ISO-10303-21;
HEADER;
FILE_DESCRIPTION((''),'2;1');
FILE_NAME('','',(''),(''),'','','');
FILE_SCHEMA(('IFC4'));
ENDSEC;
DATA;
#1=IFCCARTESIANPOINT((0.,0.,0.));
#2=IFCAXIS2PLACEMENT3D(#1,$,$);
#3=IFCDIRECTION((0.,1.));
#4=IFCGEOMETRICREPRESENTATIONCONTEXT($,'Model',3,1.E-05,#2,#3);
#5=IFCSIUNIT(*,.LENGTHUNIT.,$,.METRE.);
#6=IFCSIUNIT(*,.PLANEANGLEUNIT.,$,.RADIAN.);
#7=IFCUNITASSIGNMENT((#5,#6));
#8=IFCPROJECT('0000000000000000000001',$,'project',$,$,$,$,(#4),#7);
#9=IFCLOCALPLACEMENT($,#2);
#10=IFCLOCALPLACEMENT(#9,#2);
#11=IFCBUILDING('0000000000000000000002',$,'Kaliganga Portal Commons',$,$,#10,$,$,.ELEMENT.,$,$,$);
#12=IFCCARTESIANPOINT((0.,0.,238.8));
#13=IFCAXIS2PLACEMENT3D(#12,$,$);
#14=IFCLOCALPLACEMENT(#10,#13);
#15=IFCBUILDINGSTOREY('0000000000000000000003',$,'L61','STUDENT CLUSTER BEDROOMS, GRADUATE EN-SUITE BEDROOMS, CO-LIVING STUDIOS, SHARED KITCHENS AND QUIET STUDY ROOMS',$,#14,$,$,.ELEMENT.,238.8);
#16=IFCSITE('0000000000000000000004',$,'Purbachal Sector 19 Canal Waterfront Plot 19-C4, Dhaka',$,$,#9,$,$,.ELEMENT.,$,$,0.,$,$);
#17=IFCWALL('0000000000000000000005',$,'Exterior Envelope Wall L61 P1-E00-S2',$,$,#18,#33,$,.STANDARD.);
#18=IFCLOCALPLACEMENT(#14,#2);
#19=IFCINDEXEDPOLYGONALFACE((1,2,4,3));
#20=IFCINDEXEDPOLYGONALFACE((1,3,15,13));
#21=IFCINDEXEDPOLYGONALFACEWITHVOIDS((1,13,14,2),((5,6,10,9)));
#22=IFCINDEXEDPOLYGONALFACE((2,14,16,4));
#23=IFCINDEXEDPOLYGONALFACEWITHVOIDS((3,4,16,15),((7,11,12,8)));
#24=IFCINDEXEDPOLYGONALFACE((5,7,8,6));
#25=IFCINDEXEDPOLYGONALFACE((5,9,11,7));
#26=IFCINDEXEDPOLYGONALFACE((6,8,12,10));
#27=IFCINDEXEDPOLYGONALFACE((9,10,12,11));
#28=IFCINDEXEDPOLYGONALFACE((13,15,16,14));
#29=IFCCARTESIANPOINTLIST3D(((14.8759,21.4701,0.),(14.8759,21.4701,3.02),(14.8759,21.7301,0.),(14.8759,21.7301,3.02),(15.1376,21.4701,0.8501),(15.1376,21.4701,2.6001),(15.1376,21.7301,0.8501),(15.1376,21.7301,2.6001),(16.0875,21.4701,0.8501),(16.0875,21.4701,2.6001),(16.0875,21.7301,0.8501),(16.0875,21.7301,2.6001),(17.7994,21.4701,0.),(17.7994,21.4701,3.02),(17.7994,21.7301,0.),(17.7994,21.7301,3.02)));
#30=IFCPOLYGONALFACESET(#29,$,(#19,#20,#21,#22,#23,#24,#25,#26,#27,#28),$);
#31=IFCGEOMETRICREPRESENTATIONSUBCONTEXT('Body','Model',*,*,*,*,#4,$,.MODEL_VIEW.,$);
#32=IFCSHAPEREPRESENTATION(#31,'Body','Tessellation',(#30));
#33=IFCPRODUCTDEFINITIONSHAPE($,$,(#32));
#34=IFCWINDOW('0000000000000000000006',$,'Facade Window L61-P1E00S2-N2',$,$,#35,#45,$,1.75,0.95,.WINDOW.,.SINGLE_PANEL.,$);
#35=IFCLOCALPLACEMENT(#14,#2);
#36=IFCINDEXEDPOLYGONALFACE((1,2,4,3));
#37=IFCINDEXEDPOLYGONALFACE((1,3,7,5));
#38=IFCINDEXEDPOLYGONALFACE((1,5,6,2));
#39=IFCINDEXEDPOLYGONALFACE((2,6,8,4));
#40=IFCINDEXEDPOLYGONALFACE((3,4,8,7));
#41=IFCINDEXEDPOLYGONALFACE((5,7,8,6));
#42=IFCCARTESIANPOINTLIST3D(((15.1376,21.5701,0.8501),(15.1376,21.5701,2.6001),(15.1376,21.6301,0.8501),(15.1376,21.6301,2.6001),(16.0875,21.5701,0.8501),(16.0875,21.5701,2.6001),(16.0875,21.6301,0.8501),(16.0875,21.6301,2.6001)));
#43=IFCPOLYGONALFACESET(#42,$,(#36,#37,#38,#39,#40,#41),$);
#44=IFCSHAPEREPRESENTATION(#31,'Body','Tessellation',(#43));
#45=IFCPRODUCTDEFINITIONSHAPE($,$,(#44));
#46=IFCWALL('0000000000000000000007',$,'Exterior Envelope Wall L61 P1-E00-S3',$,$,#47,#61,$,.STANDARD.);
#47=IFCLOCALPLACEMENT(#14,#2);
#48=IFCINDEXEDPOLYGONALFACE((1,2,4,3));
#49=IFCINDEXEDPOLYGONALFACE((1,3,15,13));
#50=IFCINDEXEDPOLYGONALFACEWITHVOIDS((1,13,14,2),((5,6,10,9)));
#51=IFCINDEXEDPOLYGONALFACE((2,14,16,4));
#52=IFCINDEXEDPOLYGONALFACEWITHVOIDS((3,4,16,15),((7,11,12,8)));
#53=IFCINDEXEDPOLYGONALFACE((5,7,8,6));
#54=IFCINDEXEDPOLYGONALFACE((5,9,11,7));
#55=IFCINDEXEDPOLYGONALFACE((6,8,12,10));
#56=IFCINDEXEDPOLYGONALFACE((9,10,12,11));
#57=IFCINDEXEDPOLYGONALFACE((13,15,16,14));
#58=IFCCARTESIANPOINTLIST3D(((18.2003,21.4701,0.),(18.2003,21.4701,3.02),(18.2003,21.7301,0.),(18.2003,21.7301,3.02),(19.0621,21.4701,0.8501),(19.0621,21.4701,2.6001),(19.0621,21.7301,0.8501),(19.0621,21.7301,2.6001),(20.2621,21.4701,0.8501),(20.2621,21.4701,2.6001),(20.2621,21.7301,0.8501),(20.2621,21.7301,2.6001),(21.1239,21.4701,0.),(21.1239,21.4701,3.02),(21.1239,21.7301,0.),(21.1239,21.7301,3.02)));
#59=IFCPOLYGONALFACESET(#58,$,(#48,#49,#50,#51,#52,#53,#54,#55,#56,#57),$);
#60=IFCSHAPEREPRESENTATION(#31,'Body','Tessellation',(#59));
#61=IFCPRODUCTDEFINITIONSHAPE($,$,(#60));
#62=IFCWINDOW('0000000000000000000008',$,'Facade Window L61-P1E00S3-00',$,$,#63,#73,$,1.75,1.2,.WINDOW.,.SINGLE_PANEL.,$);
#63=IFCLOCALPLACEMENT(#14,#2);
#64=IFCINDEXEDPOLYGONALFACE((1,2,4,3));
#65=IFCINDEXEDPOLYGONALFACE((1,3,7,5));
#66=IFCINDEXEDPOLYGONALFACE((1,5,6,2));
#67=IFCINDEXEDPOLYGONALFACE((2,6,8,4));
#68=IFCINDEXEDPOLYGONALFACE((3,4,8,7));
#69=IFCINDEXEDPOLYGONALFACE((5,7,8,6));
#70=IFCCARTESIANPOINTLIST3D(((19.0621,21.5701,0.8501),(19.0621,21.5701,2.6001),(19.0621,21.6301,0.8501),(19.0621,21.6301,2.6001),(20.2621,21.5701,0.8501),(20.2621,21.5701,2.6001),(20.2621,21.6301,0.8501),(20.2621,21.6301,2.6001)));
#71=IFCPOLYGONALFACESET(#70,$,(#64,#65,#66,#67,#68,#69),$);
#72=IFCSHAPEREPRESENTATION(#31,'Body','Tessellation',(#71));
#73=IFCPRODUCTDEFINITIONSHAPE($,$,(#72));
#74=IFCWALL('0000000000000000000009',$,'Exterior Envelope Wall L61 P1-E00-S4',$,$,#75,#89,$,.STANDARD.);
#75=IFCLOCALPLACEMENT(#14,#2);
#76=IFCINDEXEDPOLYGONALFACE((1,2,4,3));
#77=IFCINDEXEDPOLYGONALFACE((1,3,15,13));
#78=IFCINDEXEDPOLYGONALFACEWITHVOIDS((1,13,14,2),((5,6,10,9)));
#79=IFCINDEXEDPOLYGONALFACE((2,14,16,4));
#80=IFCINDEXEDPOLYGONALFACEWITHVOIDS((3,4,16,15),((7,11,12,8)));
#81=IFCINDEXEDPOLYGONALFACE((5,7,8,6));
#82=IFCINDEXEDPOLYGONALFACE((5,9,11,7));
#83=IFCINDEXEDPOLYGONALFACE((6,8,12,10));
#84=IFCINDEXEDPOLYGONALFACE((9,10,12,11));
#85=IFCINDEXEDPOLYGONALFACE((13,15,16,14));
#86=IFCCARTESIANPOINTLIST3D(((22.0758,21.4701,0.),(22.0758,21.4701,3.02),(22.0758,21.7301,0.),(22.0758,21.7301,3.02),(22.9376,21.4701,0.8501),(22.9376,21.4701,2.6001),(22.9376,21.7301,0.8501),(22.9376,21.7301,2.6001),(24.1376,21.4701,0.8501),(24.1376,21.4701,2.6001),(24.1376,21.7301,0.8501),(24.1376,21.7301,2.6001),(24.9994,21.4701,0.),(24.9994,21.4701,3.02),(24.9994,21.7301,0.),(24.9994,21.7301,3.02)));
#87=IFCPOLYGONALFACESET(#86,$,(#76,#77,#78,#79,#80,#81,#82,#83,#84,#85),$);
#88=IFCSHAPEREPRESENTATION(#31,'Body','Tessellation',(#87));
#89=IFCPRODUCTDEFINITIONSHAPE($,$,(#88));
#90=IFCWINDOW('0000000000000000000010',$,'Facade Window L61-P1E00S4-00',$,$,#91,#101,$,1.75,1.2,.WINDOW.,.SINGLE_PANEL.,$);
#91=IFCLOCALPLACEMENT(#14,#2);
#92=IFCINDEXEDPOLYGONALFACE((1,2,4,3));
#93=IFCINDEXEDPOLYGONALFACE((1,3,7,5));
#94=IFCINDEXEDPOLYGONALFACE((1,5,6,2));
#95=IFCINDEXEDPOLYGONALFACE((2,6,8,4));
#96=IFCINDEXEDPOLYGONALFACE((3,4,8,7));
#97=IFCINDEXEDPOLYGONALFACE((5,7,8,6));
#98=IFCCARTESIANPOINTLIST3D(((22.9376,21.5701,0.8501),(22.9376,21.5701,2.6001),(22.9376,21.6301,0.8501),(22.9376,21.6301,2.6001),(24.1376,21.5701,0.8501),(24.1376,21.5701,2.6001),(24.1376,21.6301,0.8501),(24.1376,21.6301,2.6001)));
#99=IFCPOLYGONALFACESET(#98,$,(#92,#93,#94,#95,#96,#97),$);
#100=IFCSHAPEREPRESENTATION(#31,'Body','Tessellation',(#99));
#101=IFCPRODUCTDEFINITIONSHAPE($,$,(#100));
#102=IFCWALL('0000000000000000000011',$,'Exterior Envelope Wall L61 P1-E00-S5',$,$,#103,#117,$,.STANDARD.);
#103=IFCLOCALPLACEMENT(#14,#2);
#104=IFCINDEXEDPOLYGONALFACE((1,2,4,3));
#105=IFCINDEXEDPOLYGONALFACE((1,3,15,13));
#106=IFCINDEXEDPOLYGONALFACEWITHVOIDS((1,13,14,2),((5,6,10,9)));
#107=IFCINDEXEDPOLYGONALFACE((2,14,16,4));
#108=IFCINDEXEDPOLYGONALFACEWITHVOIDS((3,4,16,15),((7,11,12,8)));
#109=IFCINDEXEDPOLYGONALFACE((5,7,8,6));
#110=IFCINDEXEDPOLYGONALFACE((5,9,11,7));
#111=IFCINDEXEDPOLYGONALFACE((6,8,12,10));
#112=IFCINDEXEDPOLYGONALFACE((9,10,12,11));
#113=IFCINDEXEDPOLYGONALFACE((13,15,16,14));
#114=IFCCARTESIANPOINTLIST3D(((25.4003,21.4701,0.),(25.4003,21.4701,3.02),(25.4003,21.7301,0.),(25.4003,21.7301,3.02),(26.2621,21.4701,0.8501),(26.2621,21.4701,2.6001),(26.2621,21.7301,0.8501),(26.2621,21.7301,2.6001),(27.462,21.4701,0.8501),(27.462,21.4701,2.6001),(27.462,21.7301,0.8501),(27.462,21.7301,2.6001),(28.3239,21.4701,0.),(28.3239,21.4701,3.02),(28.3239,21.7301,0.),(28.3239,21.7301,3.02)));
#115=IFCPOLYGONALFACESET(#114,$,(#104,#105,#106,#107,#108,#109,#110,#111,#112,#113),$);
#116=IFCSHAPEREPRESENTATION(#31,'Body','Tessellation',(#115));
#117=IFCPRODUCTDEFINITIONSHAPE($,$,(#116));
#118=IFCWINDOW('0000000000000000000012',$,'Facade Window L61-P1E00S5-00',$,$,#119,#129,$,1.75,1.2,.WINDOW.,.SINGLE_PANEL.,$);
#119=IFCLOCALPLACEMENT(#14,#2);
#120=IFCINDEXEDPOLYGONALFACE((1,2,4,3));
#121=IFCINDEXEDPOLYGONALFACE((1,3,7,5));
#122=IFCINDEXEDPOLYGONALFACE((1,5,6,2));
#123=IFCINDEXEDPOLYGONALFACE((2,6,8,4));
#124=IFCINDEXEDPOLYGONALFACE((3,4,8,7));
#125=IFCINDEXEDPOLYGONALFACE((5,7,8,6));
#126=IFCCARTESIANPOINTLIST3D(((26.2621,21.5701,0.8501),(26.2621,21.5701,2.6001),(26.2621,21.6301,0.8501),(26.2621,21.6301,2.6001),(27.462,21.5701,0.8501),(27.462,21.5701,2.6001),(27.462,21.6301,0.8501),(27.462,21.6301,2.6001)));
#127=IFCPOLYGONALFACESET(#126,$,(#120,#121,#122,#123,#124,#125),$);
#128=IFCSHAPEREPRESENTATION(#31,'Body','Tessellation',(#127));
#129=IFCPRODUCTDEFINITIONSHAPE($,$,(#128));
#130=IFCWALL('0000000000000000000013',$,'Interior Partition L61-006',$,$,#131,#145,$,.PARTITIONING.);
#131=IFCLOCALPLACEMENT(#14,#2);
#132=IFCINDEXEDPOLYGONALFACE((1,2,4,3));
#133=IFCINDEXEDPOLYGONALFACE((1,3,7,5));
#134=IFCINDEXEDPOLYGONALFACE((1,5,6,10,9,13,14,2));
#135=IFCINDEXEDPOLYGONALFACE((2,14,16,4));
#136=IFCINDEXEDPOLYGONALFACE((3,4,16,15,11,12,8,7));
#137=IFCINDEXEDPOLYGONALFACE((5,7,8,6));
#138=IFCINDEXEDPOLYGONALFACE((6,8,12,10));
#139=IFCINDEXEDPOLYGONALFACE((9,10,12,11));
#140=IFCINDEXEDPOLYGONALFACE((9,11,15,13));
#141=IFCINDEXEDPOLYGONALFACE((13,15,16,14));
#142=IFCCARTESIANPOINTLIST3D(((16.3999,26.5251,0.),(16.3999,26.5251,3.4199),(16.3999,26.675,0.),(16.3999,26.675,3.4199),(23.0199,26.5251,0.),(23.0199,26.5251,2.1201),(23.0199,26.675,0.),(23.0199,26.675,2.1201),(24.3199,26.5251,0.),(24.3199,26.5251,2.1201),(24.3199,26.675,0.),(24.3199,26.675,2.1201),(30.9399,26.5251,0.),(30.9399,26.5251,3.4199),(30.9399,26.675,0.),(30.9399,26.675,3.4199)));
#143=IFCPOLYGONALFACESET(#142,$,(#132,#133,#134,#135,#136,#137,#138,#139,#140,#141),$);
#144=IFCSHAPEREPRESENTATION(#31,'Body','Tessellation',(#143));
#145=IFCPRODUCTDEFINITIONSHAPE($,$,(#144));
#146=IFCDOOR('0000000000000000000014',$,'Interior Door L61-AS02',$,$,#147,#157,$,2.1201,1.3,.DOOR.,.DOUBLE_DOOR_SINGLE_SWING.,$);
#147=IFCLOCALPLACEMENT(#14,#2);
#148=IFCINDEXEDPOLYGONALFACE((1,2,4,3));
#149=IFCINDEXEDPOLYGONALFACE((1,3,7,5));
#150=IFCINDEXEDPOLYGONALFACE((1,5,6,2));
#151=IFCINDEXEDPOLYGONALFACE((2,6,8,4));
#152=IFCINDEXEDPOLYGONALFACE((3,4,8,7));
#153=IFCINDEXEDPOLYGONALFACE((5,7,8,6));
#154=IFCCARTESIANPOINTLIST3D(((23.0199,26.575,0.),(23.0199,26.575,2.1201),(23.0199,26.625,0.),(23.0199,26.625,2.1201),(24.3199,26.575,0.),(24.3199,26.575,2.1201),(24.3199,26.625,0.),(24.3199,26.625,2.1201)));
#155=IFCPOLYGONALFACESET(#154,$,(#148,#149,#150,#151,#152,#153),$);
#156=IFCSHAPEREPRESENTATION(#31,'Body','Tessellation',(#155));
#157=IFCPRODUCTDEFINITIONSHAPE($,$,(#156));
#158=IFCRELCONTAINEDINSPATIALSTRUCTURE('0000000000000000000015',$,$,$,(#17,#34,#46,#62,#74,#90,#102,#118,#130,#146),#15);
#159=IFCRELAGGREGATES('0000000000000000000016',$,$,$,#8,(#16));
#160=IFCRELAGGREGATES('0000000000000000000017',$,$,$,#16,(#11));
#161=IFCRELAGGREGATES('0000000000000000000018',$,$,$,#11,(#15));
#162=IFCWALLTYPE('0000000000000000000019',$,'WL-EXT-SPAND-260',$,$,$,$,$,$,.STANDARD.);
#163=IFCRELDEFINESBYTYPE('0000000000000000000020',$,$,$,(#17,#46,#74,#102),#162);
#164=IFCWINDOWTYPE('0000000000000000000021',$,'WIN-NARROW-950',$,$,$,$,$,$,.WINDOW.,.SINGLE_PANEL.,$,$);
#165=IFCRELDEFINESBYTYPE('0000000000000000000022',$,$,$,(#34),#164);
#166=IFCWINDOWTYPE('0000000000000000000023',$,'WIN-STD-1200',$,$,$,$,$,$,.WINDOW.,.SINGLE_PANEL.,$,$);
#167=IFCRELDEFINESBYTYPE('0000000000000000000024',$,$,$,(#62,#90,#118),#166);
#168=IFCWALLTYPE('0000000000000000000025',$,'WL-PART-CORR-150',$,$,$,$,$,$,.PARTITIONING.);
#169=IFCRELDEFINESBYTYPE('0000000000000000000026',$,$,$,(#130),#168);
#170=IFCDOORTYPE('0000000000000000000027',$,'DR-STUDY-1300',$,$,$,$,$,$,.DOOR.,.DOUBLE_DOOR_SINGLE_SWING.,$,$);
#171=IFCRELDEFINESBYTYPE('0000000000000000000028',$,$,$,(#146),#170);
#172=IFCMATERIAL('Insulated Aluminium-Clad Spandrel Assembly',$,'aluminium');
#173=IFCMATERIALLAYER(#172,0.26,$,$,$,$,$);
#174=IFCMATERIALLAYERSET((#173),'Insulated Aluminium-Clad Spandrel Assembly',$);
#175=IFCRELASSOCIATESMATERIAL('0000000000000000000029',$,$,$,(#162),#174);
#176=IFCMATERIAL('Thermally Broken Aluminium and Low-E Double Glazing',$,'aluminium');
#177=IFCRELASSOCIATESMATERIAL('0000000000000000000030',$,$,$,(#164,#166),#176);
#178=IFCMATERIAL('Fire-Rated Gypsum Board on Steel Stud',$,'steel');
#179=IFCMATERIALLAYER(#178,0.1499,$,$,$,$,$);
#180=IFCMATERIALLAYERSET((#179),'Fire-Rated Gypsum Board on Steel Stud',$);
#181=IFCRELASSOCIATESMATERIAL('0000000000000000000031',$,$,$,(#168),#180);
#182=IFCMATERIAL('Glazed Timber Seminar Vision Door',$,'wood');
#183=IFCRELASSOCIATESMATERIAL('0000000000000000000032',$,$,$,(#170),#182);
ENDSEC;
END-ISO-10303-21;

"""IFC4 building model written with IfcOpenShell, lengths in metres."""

from ifc_helpers import new_model, si_unit, direction, frame, frame_2d, origin, place, context, subcontext, project, spatial, rectangle, extrude, material, layer, layer_set, type_object, element, fill, save


model = new_model("IFC4")

# Units and contexts
model_context = context("Model", 3, precision=1e-05, world=origin(), true_north=direction((0.0, 1.0)))
body_context = subcontext(model_context, "Body", "Model", "MODEL_VIEW")
ifc_project = project(units=[si_unit("LENGTHUNIT", "METRE"), si_unit("PLANEANGLEUNIT", "RADIAN")], contexts=[model_context])

# Site, building, storey
site_placement = place(None, origin())
site = spatial("IfcSite", under=ifc_project, at=site_placement, Name="Purbachal Sector 19 Canal Waterfront Plot 19-C4, Dhaka", CompositionType="ELEMENT", RefElevation=0.0)
building_placement = place(site_placement, origin())
building = spatial("IfcBuilding", under=site, at=building_placement, Name="Kaliganga Portal Commons", CompositionType="ELEMENT")
storey_placement = place(building_placement, frame((0.0, 0.0, 238.8)))
storey = spatial("IfcBuildingStorey", under=building, at=storey_placement, Name="L61", Description="STUDENT CLUSTER BEDROOMS, GRADUATE EN-SUITE BEDROOMS, CO-LIVING STUDIOS, SHARED KITCHENS AND QUIET STUDY ROOMS", CompositionType="ELEMENT", Elevation=238.8)

# Walls, openings, windows
ifc_material_1 = material(Name="Insulated Aluminium-Clad Spandrel Assembly", Category="aluminium")
ifc_layer_1 = layer(ifc_material_1, 0.26)
ifc_layer_set_1 = layer_set([ifc_layer_1], Name="Insulated Aluminium-Clad Spandrel Assembly")
wall_type_1 = type_object("IfcWallType", Name="WL-EXT-SPAND-260", PredefinedType="STANDARD", material=ifc_layer_set_1)
wall_1_placement = place(storey_placement, frame((17.7996, 21.6001, 0.0), z_axis=(0.0, 0.0, 1.0), x_axis=(-1.0, 0.0, 0.0)))
wall_1 = element("IfcWall", 1, at=wall_1_placement, inside=storey, type_object=wall_type_1, Name="Exterior Envelope Wall L61 P1-E00-S2", PredefinedType="STANDARD", context=body_context, shape_type="SweptSolid", body=[
    extrude(rectangle(XDim=2.9236, YDim=0.26, at=frame_2d((1.4619, 0.0))), origin(), (0.0, 0.0, 1.0), 3.02),
])
opening_1_placement = place(wall_1_placement, frame((1.7119, 0.0, 0.8501)))
opening_1 = element("IfcOpeningElement", 2, at=opening_1_placement, cuts=wall_1, PredefinedType="OPENING", context=body_context, shape_type="SweptSolid", body=[
    extrude(rectangle(XDim=0.95, YDim=1.75, at=frame_2d((0.4751, 0.875))), frame((0.0, 0.1401, 0.0), z_axis=(0.0, -1.0, 0.0), x_axis=(1.0, 0.0, 0.0)), (0.0, 0.0, 1.0), 0.28),
])
ifc_material_2 = material(Name="Thermally Broken Aluminium and Low-E Double Glazing", Category="aluminium")
window_type_1 = type_object("IfcWindowType", Name="WIN-NARROW-950", PartitioningType="SINGLE_PANEL", PredefinedType="WINDOW", material=ifc_material_2)
window_1_placement = place(opening_1_placement, origin())
window_1 = element("IfcWindow", 3, at=window_1_placement, inside=storey, type_object=window_type_1, Name="Facade Window L61-P1E00S2-N2", OverallHeight=1.75, OverallWidth=0.95, PartitioningType="SINGLE_PANEL", PredefinedType="WINDOW", context=body_context, shape_type="SweptSolid", body=[
    extrude(rectangle(XDim=0.95, YDim=1.75, at=frame_2d((0.4751, 0.875))), frame((0.0, 0.03, 0.0), z_axis=(0.0, -1.0, 0.0), x_axis=(1.0, 0.0, 0.0)), (0.0, 0.0, 1.0), 0.0601),
])
fill(opening_1, window_1)
wall_2_placement = place(storey_placement, frame((21.124, 21.6001, 0.0), z_axis=(0.0, 0.0, 1.0), x_axis=(-1.0, 0.0, 0.0)))
wall_2 = element("IfcWall", 4, at=wall_2_placement, inside=storey, type_object=wall_type_1, Name="Exterior Envelope Wall L61 P1-E00-S3", PredefinedType="STANDARD", context=body_context, shape_type="SweptSolid", body=[
    extrude(rectangle(XDim=2.9236, YDim=0.26, at=frame_2d((1.4619, 0.0))), origin(), (0.0, 0.0, 1.0), 3.02),
])
opening_2_placement = place(wall_2_placement, frame((0.8618, 0.0, 0.8501)))
opening_2 = element("IfcOpeningElement", 5, at=opening_2_placement, cuts=wall_2, PredefinedType="OPENING", context=body_context, shape_type="SweptSolid", body=[
    extrude(rectangle(XDim=1.2, YDim=1.75, at=frame_2d((0.6001, 0.875))), frame((0.0, 0.1401, 0.0), z_axis=(0.0, -1.0, 0.0), x_axis=(1.0, 0.0, 0.0)), (0.0, 0.0, 1.0), 0.28),
])
window_type_2 = type_object("IfcWindowType", Name="WIN-STD-1200", PartitioningType="SINGLE_PANEL", PredefinedType="WINDOW", material=ifc_material_2)
window_2_placement = place(opening_2_placement, origin())
window_2 = element("IfcWindow", 6, at=window_2_placement, inside=storey, type_object=window_type_2, Name="Facade Window L61-P1E00S3-00", OverallHeight=1.75, OverallWidth=1.2, PartitioningType="SINGLE_PANEL", PredefinedType="WINDOW", context=body_context, shape_type="SweptSolid", body=[
    extrude(rectangle(XDim=1.2, YDim=1.75, at=frame_2d((0.6001, 0.875))), frame((0.0, 0.03, 0.0), z_axis=(0.0, -1.0, 0.0), x_axis=(1.0, 0.0, 0.0)), (0.0, 0.0, 1.0), 0.0601),
])
fill(opening_2, window_2)
wall_3_placement = place(storey_placement, frame((24.9995, 21.6001, 0.0), z_axis=(0.0, 0.0, 1.0), x_axis=(-1.0, 0.0, 0.0)))
wall_3 = element("IfcWall", 7, at=wall_3_placement, inside=storey, type_object=wall_type_1, Name="Exterior Envelope Wall L61 P1-E00-S4", PredefinedType="STANDARD", context=body_context, shape_type="SweptSolid", body=[
    extrude(rectangle(XDim=2.9236, YDim=0.26, at=frame_2d((1.4619, 0.0))), origin(), (0.0, 0.0, 1.0), 3.02),
])
opening_3_placement = place(wall_3_placement, frame((0.8618, 0.0, 0.8501)))
opening_3 = element("IfcOpeningElement", 8, at=opening_3_placement, cuts=wall_3, PredefinedType="OPENING", context=body_context, shape_type="SweptSolid", body=[
    extrude(rectangle(XDim=1.2, YDim=1.75, at=frame_2d((0.6001, 0.875))), frame((0.0, 0.1401, 0.0), z_axis=(0.0, -1.0, 0.0), x_axis=(1.0, 0.0, 0.0)), (0.0, 0.0, 1.0), 0.28),
])
window_3_placement = place(opening_3_placement, origin())
window_3 = element("IfcWindow", 9, at=window_3_placement, inside=storey, type_object=window_type_2, Name="Facade Window L61-P1E00S4-00", OverallHeight=1.75, OverallWidth=1.2, PartitioningType="SINGLE_PANEL", PredefinedType="WINDOW", context=body_context, shape_type="SweptSolid", body=[
    extrude(rectangle(XDim=1.2, YDim=1.75, at=frame_2d((0.6001, 0.875))), frame((0.0, 0.03, 0.0), z_axis=(0.0, -1.0, 0.0), x_axis=(1.0, 0.0, 0.0)), (0.0, 0.0, 1.0), 0.0601),
])
fill(opening_3, window_3)
wall_4_placement = place(storey_placement, frame((28.324, 21.6001, 0.0), z_axis=(0.0, 0.0, 1.0), x_axis=(-1.0, 0.0, 0.0)))
wall_4 = element("IfcWall", 10, at=wall_4_placement, inside=storey, type_object=wall_type_1, Name="Exterior Envelope Wall L61 P1-E00-S5", PredefinedType="STANDARD", context=body_context, shape_type="SweptSolid", body=[
    extrude(rectangle(XDim=2.9236, YDim=0.26, at=frame_2d((1.4619, 0.0))), origin(), (0.0, 0.0, 1.0), 3.02),
])
opening_4_placement = place(wall_4_placement, frame((0.8618, 0.0, 0.8501)))
opening_4 = element("IfcOpeningElement", 11, at=opening_4_placement, cuts=wall_4, PredefinedType="OPENING", context=body_context, shape_type="SweptSolid", body=[
    extrude(rectangle(XDim=1.2, YDim=1.75, at=frame_2d((0.6001, 0.875))), frame((0.0, 0.1401, 0.0), z_axis=(0.0, -1.0, 0.0), x_axis=(1.0, 0.0, 0.0)), (0.0, 0.0, 1.0), 0.28),
])
window_4_placement = place(opening_4_placement, origin())
window_4 = element("IfcWindow", 12, at=window_4_placement, inside=storey, type_object=window_type_2, Name="Facade Window L61-P1E00S5-00", OverallHeight=1.75, OverallWidth=1.2, PartitioningType="SINGLE_PANEL", PredefinedType="WINDOW", context=body_context, shape_type="SweptSolid", body=[
    extrude(rectangle(XDim=1.2, YDim=1.75, at=frame_2d((0.6001, 0.875))), frame((0.0, 0.03, 0.0), z_axis=(0.0, -1.0, 0.0), x_axis=(1.0, 0.0, 0.0)), (0.0, 0.0, 1.0), 0.0601),
])
fill(opening_4, window_4)

# Wall, opening, door
ifc_material_3 = material(Name="Fire-Rated Gypsum Board on Steel Stud", Category="steel")
ifc_layer_2 = layer(ifc_material_3, 0.1499)
ifc_layer_set_2 = layer_set([ifc_layer_2], Name="Fire-Rated Gypsum Board on Steel Stud")
wall_type_2 = type_object("IfcWallType", Name="WL-PART-CORR-150", PredefinedType="PARTITIONING", material=ifc_layer_set_2)
wall_5_placement = place(storey_placement, frame((16.3999, 26.6001, 0.0), z_axis=(0.0, 0.0, 1.0), x_axis=(1.0, 0.0, 0.0)))
wall_5 = element("IfcWall", 13, at=wall_5_placement, inside=storey, type_object=wall_type_2, Name="Interior Partition L61-006", PredefinedType="PARTITIONING", context=body_context, shape_type="SweptSolid", body=[
    extrude(rectangle(XDim=14.54, YDim=0.1499, at=frame_2d((7.27, 0.0))), origin(), (0.0, 0.0, 1.0), 3.4199),
])
opening_5_placement = place(wall_5_placement, frame((6.6201, 0.0, 0.0)))
opening_5 = element("IfcOpeningElement", 14, at=opening_5_placement, cuts=wall_5, PredefinedType="OPENING", context=body_context, shape_type="SweptSolid", body=[
    extrude(rectangle(XDim=1.3, YDim=2.1201, at=frame_2d((0.6499, 1.0601))), frame((0.0, 0.085, 0.0), z_axis=(0.0, -1.0, 0.0), x_axis=(1.0, 0.0, 0.0)), (0.0, 0.0, 1.0), 0.1699),
])
ifc_material_4 = material(Name="Glazed Timber Seminar Vision Door", Category="wood")
door_type_1 = type_object("IfcDoorType", Name="DR-STUDY-1300", OperationType="DOUBLE_DOOR_SINGLE_SWING", PredefinedType="DOOR", material=ifc_material_4)
door_1_placement = place(opening_5_placement, origin())
door_1 = element("IfcDoor", 15, at=door_1_placement, inside=storey, type_object=door_type_1, Name="Interior Door L61-AS02", OperationType="DOUBLE_DOOR_SINGLE_SWING", OverallHeight=2.1201, OverallWidth=1.3, PredefinedType="DOOR", context=body_context, shape_type="SweptSolid", body=[
    extrude(rectangle(XDim=1.3, YDim=2.1201, at=frame_2d((0.6499, 1.0601))), frame((0.0, 0.0249, 0.0), z_axis=(0.0, -1.0, 0.0), x_axis=(1.0, 0.0, 0.0)), (0.0, 0.0, 1.0), 0.05),
])
fill(opening_5, door_1)

save(model, "model.ifc")
